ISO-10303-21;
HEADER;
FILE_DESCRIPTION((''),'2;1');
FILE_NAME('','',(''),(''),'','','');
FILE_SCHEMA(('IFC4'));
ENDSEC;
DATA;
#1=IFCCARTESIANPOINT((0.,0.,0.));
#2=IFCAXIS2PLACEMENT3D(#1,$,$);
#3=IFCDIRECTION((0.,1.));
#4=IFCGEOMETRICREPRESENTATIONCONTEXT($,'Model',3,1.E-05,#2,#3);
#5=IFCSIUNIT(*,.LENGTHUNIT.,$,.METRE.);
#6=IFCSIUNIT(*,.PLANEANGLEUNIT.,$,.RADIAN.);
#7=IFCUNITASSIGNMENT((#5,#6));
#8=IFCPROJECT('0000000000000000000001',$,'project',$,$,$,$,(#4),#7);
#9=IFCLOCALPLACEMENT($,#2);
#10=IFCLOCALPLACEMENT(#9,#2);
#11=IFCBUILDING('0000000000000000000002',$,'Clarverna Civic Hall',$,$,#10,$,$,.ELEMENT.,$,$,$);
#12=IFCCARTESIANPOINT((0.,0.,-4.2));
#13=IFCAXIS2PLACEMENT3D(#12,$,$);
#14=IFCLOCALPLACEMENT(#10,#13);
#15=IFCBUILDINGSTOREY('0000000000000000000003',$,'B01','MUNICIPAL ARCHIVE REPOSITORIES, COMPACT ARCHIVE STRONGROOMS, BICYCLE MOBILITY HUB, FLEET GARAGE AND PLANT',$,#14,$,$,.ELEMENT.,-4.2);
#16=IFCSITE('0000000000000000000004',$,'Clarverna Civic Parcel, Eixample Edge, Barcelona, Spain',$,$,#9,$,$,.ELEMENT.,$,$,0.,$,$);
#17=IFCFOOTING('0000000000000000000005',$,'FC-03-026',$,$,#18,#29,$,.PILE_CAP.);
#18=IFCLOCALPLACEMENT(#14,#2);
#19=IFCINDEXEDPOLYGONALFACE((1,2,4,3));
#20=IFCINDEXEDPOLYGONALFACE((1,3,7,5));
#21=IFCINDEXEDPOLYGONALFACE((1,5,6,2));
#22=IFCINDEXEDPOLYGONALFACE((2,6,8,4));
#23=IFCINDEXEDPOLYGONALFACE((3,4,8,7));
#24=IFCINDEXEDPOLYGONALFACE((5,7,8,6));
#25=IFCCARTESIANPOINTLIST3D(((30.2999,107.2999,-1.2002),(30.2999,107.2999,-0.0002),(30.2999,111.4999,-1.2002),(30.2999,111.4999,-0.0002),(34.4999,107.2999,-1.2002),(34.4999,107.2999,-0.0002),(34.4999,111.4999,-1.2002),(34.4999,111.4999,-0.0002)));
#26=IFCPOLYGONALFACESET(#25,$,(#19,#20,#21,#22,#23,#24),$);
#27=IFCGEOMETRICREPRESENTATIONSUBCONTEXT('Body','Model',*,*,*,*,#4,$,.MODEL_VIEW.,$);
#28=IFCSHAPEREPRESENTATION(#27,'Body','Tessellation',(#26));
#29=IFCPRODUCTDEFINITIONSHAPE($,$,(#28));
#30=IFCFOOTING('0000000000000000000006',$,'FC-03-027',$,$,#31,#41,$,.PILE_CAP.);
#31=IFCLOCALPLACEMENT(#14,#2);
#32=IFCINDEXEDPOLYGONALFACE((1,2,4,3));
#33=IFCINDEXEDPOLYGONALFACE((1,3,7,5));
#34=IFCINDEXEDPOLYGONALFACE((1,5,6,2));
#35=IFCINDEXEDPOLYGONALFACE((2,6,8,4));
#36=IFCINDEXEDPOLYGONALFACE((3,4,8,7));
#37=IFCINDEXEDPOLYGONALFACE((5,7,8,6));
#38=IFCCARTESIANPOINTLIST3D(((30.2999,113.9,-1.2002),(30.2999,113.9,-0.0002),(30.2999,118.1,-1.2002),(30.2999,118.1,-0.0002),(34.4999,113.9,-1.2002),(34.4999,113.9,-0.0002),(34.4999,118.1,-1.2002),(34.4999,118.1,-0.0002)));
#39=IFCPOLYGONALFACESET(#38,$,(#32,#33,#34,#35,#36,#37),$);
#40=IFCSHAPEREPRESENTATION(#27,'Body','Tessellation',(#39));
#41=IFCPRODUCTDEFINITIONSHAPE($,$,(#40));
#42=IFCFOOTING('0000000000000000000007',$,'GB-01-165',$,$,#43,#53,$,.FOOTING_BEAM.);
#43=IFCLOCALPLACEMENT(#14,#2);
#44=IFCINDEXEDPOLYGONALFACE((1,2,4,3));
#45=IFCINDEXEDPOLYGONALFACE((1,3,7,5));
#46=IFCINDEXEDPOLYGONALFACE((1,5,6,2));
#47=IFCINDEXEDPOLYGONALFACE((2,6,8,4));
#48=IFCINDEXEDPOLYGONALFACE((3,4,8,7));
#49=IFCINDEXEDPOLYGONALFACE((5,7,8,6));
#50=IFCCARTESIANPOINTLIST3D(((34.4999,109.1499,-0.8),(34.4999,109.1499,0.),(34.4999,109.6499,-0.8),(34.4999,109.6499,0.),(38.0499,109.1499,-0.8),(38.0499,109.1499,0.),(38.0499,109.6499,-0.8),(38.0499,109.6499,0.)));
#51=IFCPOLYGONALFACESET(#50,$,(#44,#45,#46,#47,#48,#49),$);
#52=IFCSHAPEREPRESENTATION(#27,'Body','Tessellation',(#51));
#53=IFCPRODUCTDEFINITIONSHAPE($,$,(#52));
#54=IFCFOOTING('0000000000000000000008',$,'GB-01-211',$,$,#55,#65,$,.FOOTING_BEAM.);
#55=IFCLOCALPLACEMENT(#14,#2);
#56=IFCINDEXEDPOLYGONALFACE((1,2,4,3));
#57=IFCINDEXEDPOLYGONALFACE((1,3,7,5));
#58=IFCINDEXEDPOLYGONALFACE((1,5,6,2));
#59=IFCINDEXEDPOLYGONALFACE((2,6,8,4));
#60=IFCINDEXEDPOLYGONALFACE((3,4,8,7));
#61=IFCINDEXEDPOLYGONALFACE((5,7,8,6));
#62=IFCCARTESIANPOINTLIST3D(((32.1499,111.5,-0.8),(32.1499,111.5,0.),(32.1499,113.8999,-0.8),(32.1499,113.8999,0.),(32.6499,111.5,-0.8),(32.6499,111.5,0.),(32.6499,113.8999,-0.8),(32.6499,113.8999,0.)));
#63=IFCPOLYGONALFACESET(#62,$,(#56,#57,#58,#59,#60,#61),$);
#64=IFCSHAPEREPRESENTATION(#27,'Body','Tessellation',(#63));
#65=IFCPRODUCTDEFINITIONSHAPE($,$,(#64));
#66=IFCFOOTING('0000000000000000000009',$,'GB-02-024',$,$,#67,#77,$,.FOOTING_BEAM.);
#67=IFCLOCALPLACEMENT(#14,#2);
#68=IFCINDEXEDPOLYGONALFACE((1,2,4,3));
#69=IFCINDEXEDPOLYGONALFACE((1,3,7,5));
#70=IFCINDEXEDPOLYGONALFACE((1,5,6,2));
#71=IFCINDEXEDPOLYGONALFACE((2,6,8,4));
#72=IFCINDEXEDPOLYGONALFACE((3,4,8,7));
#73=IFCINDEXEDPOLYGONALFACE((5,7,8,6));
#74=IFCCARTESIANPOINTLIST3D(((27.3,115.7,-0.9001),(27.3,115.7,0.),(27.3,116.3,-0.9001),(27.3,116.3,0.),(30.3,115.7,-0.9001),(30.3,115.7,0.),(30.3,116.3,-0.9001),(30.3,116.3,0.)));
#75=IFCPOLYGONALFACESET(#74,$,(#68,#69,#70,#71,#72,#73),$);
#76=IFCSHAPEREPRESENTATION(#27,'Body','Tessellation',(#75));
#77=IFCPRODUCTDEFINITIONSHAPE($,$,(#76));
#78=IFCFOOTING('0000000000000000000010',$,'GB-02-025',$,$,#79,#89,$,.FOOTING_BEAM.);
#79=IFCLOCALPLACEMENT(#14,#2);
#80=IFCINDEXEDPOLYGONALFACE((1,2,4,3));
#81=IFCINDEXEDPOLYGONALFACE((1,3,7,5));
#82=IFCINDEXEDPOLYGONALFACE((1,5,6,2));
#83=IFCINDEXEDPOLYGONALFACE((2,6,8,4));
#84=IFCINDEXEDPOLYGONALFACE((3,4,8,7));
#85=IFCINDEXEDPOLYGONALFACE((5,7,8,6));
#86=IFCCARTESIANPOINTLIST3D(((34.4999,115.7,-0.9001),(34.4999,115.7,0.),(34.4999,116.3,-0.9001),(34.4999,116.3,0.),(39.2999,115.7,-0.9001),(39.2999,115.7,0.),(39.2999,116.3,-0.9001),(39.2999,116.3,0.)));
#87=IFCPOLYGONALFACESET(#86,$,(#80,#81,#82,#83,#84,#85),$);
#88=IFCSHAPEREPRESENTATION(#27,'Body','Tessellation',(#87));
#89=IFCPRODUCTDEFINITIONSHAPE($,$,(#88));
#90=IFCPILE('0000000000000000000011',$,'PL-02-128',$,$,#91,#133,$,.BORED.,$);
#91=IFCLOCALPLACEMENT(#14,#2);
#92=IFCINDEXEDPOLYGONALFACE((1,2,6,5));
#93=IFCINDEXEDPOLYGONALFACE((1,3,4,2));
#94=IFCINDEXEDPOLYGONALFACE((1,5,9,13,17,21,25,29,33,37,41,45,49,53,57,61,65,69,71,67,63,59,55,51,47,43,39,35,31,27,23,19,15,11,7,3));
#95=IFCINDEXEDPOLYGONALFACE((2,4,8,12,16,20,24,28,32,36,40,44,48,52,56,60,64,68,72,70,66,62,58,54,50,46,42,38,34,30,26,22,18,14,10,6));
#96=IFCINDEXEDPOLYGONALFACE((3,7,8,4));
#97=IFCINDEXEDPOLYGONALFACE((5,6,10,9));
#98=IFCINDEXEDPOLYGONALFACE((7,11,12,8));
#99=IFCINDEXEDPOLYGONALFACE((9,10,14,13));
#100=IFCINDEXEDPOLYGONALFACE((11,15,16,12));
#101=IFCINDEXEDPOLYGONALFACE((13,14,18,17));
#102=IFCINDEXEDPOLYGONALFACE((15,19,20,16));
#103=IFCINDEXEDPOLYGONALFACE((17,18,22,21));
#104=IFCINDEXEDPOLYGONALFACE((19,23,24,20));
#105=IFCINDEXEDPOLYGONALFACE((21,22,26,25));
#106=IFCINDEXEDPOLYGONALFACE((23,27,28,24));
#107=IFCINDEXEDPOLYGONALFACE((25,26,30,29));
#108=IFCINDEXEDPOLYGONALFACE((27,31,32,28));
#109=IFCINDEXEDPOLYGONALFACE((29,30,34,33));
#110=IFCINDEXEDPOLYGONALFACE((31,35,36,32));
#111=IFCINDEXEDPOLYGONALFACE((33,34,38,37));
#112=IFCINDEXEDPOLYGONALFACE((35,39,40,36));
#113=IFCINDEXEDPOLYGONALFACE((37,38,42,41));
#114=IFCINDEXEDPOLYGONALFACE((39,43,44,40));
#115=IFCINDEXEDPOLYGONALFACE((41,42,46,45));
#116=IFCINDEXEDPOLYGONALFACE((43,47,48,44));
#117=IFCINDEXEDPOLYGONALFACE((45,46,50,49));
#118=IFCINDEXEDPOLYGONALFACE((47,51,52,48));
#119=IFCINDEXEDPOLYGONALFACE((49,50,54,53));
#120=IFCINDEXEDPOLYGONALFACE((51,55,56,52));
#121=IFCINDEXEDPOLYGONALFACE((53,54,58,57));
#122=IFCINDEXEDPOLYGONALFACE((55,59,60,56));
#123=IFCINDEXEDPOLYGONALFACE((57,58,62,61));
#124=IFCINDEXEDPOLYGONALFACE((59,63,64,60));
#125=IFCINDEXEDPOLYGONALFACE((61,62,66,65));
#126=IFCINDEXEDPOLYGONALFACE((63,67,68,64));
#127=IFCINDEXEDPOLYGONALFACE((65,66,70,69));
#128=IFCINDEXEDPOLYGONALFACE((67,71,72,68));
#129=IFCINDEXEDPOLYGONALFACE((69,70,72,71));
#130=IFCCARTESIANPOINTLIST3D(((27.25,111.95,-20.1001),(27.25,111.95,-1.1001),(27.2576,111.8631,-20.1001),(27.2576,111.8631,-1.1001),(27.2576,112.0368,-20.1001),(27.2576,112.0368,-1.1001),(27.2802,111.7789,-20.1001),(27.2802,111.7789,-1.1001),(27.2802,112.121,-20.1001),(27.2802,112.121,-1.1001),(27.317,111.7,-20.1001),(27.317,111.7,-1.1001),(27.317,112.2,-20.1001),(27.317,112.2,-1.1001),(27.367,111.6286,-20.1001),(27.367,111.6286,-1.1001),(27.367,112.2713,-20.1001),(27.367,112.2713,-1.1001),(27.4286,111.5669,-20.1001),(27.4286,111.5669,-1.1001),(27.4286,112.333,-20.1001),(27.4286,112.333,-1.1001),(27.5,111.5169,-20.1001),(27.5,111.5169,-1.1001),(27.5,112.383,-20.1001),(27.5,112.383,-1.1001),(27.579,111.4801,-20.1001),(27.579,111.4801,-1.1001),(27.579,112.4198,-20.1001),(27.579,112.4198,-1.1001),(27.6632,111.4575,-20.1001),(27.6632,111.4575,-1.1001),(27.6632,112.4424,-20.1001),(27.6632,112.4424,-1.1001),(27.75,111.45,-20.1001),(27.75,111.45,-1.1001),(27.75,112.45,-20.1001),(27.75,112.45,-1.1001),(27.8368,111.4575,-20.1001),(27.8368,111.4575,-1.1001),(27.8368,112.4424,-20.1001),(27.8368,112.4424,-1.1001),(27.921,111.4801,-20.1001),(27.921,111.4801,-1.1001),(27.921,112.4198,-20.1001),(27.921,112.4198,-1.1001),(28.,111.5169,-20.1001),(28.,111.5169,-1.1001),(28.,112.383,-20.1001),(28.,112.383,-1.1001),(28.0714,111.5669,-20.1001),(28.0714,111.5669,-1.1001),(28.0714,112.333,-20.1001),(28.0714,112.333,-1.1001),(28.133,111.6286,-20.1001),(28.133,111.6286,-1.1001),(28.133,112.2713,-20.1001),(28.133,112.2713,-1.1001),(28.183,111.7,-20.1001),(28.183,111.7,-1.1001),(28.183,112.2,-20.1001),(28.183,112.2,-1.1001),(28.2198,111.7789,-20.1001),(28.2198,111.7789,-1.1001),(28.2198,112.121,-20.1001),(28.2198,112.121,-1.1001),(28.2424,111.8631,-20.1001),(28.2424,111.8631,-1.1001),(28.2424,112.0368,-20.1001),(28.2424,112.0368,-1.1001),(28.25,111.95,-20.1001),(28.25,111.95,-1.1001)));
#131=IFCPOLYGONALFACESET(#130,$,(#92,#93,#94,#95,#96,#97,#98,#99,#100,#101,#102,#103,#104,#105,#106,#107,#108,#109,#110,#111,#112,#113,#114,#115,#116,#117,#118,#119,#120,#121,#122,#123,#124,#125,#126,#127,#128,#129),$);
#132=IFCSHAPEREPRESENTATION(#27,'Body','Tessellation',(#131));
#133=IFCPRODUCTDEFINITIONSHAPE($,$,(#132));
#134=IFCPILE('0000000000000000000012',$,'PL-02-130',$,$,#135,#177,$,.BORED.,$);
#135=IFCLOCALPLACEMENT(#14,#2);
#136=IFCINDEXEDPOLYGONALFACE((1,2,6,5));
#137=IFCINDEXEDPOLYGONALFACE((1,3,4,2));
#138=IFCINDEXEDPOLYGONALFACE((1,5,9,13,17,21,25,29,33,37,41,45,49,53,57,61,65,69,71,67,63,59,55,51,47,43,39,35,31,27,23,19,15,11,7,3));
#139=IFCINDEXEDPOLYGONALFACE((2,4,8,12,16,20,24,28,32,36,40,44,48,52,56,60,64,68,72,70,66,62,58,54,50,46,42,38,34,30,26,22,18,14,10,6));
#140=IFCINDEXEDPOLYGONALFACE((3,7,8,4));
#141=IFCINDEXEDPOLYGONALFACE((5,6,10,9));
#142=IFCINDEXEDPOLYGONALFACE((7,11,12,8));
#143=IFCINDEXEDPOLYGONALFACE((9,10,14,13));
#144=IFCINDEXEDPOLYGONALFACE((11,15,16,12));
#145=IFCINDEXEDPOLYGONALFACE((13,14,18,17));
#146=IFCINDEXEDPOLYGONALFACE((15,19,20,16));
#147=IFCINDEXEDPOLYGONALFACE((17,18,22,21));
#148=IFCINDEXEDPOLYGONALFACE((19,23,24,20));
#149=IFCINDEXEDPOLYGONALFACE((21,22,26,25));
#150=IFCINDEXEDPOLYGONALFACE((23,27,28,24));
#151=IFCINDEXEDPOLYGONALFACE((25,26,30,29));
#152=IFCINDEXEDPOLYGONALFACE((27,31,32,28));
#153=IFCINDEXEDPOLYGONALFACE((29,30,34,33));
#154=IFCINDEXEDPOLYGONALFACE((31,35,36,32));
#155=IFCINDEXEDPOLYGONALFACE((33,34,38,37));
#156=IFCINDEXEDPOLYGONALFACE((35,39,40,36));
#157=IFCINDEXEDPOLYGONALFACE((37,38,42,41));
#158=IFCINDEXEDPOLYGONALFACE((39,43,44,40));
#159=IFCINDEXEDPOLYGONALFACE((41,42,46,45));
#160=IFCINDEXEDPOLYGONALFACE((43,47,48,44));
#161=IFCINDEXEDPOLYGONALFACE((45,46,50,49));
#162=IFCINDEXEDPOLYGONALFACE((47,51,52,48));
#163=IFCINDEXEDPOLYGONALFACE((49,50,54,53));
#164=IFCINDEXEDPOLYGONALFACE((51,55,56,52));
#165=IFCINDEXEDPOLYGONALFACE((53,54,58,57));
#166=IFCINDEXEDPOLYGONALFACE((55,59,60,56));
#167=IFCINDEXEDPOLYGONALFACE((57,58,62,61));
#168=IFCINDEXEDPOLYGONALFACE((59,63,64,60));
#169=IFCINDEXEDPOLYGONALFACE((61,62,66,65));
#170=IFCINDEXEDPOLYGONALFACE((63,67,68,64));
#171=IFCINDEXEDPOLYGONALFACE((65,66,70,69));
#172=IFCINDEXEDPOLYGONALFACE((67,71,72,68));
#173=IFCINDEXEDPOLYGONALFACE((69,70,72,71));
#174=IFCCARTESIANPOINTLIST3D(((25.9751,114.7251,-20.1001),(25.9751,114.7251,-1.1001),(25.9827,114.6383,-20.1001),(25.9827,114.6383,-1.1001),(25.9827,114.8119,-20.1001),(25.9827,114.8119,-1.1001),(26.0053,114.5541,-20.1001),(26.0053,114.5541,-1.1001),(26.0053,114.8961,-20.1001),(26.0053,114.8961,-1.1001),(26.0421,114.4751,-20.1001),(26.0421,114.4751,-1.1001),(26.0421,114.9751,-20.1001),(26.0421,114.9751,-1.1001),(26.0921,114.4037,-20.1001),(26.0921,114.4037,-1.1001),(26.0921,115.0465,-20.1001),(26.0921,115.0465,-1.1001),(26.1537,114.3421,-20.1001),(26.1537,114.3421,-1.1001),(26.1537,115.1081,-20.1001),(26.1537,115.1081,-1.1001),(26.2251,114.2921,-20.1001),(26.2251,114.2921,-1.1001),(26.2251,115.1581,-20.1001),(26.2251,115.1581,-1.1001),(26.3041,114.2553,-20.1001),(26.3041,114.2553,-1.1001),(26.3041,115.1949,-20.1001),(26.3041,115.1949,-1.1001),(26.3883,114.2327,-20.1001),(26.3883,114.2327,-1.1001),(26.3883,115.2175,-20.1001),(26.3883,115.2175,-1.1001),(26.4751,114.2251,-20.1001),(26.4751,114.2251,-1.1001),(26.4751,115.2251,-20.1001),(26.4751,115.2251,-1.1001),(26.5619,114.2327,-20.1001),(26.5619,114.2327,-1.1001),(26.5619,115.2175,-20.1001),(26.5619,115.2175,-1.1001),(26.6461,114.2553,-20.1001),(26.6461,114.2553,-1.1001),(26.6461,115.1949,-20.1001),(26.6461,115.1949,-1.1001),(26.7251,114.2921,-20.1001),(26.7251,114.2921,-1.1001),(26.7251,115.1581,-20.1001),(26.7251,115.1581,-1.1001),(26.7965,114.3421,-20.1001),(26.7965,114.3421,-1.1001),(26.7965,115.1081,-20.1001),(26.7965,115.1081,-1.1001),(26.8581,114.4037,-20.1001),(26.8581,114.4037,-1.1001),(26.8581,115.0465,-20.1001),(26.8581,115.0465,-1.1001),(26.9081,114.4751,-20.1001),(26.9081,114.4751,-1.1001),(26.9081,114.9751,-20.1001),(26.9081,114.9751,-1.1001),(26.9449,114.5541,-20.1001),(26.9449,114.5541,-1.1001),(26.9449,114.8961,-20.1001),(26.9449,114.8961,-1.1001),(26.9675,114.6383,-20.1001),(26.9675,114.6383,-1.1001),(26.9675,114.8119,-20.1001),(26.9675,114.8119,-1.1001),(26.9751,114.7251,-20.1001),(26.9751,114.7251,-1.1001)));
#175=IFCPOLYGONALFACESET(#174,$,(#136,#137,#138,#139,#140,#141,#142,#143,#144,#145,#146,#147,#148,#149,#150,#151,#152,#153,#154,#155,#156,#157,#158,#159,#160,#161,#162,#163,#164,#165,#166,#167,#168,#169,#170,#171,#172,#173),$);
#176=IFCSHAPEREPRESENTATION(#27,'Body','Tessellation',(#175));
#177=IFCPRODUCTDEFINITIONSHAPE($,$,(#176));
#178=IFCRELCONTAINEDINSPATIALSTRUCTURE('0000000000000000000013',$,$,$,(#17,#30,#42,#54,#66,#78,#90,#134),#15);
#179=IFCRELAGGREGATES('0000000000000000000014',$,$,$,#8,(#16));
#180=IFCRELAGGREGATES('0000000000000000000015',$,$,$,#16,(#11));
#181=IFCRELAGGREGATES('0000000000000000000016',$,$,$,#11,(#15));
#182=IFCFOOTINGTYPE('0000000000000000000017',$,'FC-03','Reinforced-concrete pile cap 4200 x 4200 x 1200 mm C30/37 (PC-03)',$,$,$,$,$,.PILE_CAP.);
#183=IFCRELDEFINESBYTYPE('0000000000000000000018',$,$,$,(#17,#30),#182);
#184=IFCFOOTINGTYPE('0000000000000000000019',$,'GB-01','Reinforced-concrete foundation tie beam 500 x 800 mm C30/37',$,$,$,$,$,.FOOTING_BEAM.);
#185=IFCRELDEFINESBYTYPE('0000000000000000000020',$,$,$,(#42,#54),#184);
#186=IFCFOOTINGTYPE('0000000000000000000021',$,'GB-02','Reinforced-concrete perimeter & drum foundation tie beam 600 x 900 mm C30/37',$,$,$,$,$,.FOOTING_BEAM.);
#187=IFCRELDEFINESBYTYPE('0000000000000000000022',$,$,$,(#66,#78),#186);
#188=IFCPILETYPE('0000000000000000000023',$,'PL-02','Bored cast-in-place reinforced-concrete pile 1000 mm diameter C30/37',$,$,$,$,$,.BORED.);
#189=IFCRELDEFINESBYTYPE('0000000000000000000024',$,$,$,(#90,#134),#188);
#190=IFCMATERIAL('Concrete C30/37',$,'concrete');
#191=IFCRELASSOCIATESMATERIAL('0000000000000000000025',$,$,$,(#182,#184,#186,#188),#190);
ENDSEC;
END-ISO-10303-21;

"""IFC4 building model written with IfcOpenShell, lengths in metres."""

from ifc_helpers import new_model, si_unit, direction, frame, frame_2d, origin, origin_2d, place, context, subcontext, project, spatial, rectangle, circle, extrude, material, material_profile, profile_set, type_object, element, save


model = new_model("IFC4")

# Units and contexts
model_context = context("Model", 3, precision=1e-05, world=origin(), true_north=direction((0.0, 1.0)))
body_context = subcontext(model_context, "Body", "Model", "MODEL_VIEW")
ifc_project = project(units=[si_unit("LENGTHUNIT", "METRE"), si_unit("PLANEANGLEUNIT", "RADIAN")], contexts=[model_context])

# Site, building, storey
site_placement = place(None, origin())
site = spatial("IfcSite", under=ifc_project, at=site_placement, Name="Clarverna Civic Parcel, Eixample Edge, Barcelona, Spain", CompositionType="ELEMENT", RefElevation=0.0)
building_placement = place(site_placement, origin())
building = spatial("IfcBuilding", under=site, at=building_placement, Name="Clarverna Civic Hall", CompositionType="ELEMENT")
storey_placement = place(building_placement, frame((0.0, 0.0, -4.2)))
storey = spatial("IfcBuildingStorey", under=building, at=storey_placement, Name="B01", Description="MUNICIPAL ARCHIVE REPOSITORIES, COMPACT ARCHIVE STRONGROOMS, BICYCLE MOBILITY HUB, FLEET GARAGE AND PLANT", CompositionType="ELEMENT", Elevation=-4.2)

# Footings
ifc_material_1 = material(Name="Concrete C30/37", Category="concrete")
footing_type_1 = type_object("IfcFootingType", Name="FC-03", Description="Reinforced-concrete pile cap 4200 x 4200 x 1200 mm C30/37 (PC-03)", PredefinedType="PILE_CAP", material=ifc_material_1)
for number, where, z_axis, x_axis, name in (
    (1, (32.3999, 109.3999, -1.2002), (0.0, 0.0, 1.0), (1.0, 0.0, 0.0), "FC-03-026"),
    (2, (32.3999, 116.0, -1.2002), (0.0, 0.0, 1.0), (1.0, 0.0, 0.0), "FC-03-027"),
):
    element("IfcFooting", number, at=place(storey_placement, frame(where, z_axis=z_axis, x_axis=x_axis)), inside=storey, type_object=footing_type_1, Name=name, PredefinedType="PILE_CAP", context=body_context, shape_type="SweptSolid", body=[
        extrude(rectangle(XDim=4.2, YDim=4.2, at=origin_2d()), origin(), (0.0, 0.0, 1.0), 1.2),
    ])
footing_type_2 = type_object("IfcFootingType", Name="GB-01", Description="Reinforced-concrete foundation tie beam 500 x 800 mm C30/37", PredefinedType="FOOTING_BEAM", material=ifc_material_1)
footing_1_placement = place(storey_placement, frame((34.5, 109.3999, -0.8), z_axis=(0.0, 0.0, 1.0), x_axis=(1.0, 0.0, 0.0)))
element("IfcFooting", 3, at=footing_1_placement, inside=storey, type_object=footing_type_2, Name="GB-01-165", PredefinedType="FOOTING_BEAM", context=body_context, shape_type="SweptSolid", body=[
    extrude(rectangle(XDim=3.55, YDim=0.5, at=frame_2d((1.7749, 0.0))), origin(), (0.0, 0.0, 1.0), 0.8),
])
footing_2_placement = place(storey_placement, frame((32.3999, 111.5, -0.8), z_axis=(0.0, 0.0, 1.0), x_axis=(0.0, 1.0, 0.0)))
element("IfcFooting", 4, at=footing_2_placement, inside=storey, type_object=footing_type_2, Name="GB-01-211", PredefinedType="FOOTING_BEAM", context=body_context, shape_type="SweptSolid", body=[
    extrude(rectangle(XDim=2.3999, YDim=0.5, at=frame_2d((1.2, 0.0))), origin(), (0.0, 0.0, 1.0), 0.8),
])
footing_type_3 = type_object("IfcFootingType", Name="GB-02", Description="Reinforced-concrete perimeter & drum foundation tie beam 600 x 900 mm C30/37", PredefinedType="FOOTING_BEAM", material=ifc_material_1)
footing_3_placement = place(storey_placement, frame((27.3, 116.0, -0.9001), z_axis=(0.0, 0.0, 1.0), x_axis=(1.0, 0.0, 0.0)))
element("IfcFooting", 5, at=footing_3_placement, inside=storey, type_object=footing_type_3, Name="GB-02-024", PredefinedType="FOOTING_BEAM", context=body_context, shape_type="SweptSolid", body=[
    extrude(rectangle(XDim=3.0, YDim=0.6001, at=frame_2d((1.5, 0.0))), origin(), (0.0, 0.0, 1.0), 0.9001),
])
footing_4_placement = place(storey_placement, frame((34.5, 116.0, -0.9001), z_axis=(0.0, 0.0, 1.0), x_axis=(1.0, 0.0, 0.0)))
element("IfcFooting", 6, at=footing_4_placement, inside=storey, type_object=footing_type_3, Name="GB-02-025", PredefinedType="FOOTING_BEAM", context=body_context, shape_type="SweptSolid", body=[
    extrude(rectangle(XDim=4.8, YDim=0.6001, at=frame_2d((2.3999, 0.0))), origin(), (0.0, 0.0, 1.0), 0.9001),
])

# Piles
ifc_material_profile_1 = material_profile(ifc_material_1, circle(Radius=0.5, at=origin_2d()), Name="BORED PILE D1000")
ifc_profile_set_1 = profile_set([ifc_material_profile_1], Name="Concrete C30/37")
pile_type = type_object("IfcPileType", Name="PL-02", Description="Bored cast-in-place reinforced-concrete pile 1000 mm diameter C30/37", PredefinedType="BORED", material=ifc_profile_set_1)
for number, where, z_axis, x_axis, name in (
    (7, (27.75, 111.95, -1.1001), (0.0, 0.0, -1.0), (1.0, 0.0, 0.0), "PL-02-128"),
    (8, (26.4751, 114.7251, -1.1001), (0.0, 0.0, -1.0), (1.0, 0.0, 0.0), "PL-02-130"),
):
    element("IfcPile", number, at=place(storey_placement, frame(where, z_axis=z_axis, x_axis=x_axis)), inside=storey, type_object=pile_type, Name=name, PredefinedType="BORED", context=body_context, shape_type="SweptSolid", body=[
        extrude(circle(Radius=0.5, at=origin_2d()), origin(), (0.0, 0.0, 1.0), 19.0),
    ])

save(model, "model.ifc")
